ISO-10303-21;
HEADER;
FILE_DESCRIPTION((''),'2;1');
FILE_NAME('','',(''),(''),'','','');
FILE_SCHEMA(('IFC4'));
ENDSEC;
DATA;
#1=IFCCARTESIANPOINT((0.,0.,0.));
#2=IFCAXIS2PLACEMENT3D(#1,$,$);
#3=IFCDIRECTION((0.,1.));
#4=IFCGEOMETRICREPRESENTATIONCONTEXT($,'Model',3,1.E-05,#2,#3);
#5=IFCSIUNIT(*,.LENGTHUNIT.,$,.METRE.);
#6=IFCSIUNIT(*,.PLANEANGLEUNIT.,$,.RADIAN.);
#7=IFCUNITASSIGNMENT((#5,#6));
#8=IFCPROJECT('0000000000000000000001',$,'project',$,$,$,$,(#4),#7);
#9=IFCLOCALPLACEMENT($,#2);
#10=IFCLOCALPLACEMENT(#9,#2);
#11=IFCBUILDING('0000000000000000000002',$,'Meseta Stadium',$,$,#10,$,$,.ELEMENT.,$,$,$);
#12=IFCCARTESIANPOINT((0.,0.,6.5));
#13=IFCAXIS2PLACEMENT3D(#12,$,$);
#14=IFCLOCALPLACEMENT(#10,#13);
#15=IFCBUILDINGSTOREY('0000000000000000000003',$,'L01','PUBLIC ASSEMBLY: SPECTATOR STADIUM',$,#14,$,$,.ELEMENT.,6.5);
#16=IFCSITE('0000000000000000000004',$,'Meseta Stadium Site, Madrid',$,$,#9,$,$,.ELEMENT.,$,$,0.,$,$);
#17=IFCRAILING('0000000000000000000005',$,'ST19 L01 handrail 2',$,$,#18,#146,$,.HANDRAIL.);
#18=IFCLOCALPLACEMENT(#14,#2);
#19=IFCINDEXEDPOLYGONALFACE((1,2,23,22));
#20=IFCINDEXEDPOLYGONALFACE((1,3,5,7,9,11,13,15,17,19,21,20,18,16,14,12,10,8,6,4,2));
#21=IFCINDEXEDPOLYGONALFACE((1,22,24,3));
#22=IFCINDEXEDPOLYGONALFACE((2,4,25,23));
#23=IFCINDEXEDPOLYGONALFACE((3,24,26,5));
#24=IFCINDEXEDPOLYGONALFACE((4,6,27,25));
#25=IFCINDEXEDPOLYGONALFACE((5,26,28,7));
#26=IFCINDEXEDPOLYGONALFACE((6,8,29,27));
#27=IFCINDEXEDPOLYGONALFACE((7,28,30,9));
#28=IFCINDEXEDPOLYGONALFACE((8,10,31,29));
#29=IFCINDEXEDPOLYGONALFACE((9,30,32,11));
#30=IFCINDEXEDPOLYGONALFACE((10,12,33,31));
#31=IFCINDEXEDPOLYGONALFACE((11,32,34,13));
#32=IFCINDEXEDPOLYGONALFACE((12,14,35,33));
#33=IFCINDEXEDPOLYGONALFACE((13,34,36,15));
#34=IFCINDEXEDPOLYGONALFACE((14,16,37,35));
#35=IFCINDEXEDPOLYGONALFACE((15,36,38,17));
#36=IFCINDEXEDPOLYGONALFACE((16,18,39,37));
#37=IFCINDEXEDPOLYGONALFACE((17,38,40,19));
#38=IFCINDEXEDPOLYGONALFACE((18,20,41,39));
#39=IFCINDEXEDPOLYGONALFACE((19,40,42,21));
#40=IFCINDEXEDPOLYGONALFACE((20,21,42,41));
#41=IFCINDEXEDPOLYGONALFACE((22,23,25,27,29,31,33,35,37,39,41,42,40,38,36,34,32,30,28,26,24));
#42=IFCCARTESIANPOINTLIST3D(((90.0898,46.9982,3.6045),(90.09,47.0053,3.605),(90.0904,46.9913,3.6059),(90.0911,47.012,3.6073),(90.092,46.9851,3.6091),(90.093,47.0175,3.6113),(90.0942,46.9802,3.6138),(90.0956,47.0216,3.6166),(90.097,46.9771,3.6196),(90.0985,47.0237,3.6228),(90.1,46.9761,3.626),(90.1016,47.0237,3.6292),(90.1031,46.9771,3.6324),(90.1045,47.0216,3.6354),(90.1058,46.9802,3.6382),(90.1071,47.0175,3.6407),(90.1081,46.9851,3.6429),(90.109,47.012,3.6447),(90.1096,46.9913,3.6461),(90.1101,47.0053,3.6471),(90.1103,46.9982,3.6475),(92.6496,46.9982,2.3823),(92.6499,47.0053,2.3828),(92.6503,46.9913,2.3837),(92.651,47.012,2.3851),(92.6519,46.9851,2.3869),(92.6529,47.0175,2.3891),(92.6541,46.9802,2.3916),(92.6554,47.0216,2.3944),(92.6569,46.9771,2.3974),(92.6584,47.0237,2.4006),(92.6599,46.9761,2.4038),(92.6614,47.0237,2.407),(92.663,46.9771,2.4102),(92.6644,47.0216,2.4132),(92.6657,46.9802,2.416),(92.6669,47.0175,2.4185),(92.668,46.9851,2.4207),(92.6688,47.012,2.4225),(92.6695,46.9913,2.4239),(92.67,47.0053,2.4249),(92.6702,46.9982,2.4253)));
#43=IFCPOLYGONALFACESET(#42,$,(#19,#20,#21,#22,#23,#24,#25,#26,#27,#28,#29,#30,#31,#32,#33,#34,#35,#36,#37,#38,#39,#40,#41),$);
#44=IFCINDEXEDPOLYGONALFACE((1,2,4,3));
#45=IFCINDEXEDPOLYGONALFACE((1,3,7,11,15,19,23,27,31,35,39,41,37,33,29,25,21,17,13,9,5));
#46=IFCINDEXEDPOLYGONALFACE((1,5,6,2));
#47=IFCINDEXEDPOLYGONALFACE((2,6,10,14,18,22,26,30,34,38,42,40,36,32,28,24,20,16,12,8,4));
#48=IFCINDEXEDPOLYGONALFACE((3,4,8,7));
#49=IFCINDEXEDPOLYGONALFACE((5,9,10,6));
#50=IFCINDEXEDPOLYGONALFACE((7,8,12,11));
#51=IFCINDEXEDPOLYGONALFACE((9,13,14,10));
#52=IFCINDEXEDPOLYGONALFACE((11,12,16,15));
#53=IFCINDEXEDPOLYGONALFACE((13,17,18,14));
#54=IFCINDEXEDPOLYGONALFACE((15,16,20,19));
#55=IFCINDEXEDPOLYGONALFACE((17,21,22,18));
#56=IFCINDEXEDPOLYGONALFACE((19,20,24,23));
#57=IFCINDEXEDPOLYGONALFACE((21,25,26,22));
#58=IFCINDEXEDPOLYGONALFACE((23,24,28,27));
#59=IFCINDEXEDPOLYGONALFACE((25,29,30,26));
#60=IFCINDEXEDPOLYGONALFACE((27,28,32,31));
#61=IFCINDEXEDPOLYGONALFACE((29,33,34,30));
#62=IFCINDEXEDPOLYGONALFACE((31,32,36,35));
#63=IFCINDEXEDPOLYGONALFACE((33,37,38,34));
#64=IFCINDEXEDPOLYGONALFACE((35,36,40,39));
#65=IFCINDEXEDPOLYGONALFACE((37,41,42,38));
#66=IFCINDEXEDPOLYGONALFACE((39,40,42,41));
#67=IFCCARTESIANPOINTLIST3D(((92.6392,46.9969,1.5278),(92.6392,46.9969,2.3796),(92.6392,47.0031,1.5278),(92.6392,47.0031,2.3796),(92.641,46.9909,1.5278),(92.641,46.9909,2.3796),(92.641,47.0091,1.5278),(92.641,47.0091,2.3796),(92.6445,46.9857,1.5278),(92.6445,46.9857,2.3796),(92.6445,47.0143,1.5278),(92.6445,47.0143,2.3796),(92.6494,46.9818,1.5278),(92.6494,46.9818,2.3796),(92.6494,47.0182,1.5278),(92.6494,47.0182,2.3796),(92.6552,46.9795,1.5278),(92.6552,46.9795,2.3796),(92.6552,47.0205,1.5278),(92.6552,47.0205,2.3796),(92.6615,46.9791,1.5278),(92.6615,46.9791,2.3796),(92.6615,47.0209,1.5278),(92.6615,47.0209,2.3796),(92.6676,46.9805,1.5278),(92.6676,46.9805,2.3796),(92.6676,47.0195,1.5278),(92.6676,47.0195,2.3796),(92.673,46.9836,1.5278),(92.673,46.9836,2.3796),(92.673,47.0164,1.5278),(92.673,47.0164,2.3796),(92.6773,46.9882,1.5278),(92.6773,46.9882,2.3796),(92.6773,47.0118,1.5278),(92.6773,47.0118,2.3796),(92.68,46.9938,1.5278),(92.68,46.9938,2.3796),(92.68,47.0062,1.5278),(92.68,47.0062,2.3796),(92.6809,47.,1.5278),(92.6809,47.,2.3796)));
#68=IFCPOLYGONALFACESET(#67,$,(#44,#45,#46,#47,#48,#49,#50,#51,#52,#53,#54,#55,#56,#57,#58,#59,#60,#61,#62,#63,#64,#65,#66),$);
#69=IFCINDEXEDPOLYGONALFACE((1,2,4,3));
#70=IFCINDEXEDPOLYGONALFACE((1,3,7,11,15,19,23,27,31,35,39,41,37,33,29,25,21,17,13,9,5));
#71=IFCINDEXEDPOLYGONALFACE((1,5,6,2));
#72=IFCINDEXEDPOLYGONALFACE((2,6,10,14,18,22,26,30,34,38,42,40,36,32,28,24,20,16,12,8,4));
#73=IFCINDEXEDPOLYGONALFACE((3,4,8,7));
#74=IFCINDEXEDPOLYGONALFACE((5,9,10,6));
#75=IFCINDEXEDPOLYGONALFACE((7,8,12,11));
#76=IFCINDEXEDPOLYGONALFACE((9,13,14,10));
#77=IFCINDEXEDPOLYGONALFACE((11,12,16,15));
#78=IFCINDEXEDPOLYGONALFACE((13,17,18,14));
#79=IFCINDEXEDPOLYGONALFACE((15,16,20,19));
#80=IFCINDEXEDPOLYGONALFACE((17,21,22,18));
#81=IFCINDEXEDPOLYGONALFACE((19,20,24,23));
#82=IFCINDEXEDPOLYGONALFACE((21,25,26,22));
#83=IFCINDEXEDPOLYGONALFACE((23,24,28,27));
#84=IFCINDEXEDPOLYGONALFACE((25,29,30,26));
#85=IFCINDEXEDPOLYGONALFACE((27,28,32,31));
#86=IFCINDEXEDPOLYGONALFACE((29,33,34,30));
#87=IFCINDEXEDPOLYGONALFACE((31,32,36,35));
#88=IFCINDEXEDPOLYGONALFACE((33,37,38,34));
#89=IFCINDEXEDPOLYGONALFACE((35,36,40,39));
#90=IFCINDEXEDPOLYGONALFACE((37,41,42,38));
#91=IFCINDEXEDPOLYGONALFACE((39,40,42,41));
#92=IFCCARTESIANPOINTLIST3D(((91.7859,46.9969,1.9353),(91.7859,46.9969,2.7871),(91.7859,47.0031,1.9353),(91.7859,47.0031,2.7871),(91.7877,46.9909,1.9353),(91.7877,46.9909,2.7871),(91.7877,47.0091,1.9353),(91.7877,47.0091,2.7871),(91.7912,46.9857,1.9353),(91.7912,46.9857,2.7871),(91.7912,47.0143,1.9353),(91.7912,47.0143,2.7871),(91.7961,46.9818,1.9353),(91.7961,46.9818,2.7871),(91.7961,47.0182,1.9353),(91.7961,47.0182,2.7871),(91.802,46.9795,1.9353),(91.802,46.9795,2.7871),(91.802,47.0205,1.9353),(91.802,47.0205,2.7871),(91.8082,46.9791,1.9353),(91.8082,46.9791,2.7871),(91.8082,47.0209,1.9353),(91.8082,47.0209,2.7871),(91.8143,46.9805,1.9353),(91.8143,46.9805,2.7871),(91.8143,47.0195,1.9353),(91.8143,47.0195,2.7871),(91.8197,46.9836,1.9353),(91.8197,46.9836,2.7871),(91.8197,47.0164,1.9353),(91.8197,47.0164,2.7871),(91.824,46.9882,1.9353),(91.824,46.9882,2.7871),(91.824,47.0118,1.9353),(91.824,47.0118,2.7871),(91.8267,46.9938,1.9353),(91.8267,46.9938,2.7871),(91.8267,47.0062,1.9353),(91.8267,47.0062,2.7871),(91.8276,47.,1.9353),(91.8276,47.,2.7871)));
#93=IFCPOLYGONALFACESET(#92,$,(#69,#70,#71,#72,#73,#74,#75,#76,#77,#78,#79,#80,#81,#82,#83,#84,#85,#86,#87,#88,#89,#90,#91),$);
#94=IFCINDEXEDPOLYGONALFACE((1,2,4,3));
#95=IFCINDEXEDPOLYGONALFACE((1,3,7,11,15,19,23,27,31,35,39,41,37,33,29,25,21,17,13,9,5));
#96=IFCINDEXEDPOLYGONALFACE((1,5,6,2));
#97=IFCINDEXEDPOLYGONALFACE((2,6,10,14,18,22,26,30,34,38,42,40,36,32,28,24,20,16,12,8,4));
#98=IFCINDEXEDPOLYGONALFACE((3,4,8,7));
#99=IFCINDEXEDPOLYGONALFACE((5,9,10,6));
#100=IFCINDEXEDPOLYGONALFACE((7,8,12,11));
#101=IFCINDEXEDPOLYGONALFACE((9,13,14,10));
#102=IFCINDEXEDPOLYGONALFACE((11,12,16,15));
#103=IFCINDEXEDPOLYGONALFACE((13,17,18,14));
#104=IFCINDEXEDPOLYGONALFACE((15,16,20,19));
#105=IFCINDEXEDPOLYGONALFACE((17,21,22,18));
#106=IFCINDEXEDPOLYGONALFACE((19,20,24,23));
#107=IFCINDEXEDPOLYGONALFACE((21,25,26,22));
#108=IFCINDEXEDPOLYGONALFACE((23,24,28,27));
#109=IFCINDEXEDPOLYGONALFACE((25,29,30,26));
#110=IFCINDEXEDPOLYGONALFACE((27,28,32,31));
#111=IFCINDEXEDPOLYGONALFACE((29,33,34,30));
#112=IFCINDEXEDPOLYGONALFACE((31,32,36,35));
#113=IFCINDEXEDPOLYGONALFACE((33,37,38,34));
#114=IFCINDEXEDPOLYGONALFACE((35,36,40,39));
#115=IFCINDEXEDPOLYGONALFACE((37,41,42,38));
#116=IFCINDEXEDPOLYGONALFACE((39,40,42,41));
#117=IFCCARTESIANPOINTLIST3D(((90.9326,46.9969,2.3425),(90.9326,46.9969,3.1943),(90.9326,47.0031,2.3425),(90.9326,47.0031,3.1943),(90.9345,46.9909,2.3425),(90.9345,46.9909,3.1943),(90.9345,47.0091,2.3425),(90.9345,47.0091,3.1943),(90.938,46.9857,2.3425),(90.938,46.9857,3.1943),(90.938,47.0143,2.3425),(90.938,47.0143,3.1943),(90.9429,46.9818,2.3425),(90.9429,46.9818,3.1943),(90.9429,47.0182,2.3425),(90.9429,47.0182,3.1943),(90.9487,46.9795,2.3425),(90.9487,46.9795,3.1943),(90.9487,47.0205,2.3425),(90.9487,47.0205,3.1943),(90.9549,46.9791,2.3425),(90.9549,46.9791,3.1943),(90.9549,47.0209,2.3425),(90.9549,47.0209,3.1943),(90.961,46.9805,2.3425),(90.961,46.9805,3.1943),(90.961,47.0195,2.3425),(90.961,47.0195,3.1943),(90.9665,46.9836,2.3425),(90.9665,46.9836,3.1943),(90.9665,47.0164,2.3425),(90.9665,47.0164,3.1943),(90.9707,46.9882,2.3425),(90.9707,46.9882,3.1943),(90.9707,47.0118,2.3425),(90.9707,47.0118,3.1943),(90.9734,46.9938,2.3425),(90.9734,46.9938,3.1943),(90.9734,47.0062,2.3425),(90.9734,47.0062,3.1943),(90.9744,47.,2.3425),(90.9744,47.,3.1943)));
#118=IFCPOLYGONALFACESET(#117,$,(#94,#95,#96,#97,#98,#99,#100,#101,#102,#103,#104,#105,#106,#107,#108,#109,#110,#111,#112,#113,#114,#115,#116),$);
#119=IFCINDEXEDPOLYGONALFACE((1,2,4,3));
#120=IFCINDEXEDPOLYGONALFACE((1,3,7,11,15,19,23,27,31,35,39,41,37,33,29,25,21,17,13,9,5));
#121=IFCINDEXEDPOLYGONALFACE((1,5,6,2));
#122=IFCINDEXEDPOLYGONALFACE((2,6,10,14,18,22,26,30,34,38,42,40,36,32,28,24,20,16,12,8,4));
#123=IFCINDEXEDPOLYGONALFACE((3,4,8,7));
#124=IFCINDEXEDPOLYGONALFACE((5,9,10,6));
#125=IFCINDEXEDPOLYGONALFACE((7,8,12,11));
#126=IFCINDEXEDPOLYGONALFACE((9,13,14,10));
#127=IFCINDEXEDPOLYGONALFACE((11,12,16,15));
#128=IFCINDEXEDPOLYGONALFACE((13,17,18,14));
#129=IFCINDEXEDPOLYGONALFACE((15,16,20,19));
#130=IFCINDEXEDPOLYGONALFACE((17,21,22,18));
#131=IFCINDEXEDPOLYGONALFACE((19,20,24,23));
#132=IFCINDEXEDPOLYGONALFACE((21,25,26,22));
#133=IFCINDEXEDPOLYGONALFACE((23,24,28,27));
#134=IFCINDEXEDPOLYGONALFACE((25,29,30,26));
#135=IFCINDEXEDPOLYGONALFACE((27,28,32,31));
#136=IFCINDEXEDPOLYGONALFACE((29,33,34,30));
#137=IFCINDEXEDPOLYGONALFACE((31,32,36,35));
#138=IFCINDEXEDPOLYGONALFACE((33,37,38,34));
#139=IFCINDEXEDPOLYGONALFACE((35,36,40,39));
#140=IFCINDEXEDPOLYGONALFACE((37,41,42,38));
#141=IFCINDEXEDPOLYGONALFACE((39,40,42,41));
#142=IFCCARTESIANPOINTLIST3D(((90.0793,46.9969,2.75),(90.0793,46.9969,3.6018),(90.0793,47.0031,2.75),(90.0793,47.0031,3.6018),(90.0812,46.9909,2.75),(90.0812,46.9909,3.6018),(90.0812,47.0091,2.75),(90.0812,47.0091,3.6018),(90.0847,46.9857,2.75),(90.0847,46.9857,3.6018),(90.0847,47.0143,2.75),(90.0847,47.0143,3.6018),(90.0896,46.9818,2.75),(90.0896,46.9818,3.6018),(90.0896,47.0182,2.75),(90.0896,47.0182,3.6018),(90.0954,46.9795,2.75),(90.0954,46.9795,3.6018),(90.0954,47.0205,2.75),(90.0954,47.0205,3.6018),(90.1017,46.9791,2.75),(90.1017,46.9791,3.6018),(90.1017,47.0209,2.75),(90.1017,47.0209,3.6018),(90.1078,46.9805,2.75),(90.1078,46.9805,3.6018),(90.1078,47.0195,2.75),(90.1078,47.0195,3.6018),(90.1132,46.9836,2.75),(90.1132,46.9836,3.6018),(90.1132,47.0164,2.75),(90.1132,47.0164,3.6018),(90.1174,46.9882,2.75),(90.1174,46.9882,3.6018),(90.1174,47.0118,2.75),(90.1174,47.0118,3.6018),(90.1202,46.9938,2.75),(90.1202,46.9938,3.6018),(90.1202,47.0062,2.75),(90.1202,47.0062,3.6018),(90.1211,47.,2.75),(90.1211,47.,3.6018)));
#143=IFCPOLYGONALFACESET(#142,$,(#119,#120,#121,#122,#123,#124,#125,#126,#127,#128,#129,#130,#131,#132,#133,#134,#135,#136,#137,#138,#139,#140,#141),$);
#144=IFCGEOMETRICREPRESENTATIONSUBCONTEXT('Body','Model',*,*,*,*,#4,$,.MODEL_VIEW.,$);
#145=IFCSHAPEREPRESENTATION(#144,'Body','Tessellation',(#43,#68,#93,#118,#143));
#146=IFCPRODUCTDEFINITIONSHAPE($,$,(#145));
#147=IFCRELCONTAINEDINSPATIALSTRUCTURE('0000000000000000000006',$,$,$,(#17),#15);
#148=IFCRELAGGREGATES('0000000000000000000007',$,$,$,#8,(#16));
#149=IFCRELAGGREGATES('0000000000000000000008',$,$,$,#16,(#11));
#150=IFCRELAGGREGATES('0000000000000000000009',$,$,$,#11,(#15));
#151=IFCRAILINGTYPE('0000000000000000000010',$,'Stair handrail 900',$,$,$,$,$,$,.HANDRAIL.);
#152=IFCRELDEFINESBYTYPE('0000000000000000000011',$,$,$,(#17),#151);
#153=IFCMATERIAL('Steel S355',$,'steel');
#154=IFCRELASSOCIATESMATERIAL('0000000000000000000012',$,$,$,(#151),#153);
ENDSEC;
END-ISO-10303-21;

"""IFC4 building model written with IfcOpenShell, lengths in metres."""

from ifc_helpers import new_model, si_unit, direction, frame, origin, origin_2d, place, context, subcontext, project, spatial, circle, extrude, material, type_object, element, save


model = new_model("IFC4")

# Units and contexts
model_context = context("Model", 3, precision=1e-05, world=origin(), true_north=direction((0.0, 1.0)))
body_context = subcontext(model_context, "Body", "Model", "MODEL_VIEW")
ifc_project = project(units=[si_unit("LENGTHUNIT", "METRE"), si_unit("PLANEANGLEUNIT", "RADIAN")], contexts=[model_context])

# Site, building, storey
site_placement = place(None, origin())
site = spatial("IfcSite", under=ifc_project, at=site_placement, Name="Meseta Stadium Site, Madrid", CompositionType="ELEMENT", RefElevation=0.0)
building_placement = place(site_placement, origin())
building = spatial("IfcBuilding", under=site, at=building_placement, Name="Meseta Stadium", CompositionType="ELEMENT")
storey_placement = place(building_placement, frame((0.0, 0.0, 6.5)))
storey = spatial("IfcBuildingStorey", under=building, at=storey_placement, Name="L01", Description="PUBLIC ASSEMBLY: SPECTATOR STADIUM", CompositionType="ELEMENT", Elevation=6.5)

# Railing
ifc_material_1 = material(Name="Steel S355", Category="steel")
railing_type_1 = type_object("IfcRailingType", Name="Stair handrail 900", PredefinedType="HANDRAIL", material=ifc_material_1)
for number, where, name in (
    (1, (92.6599, 47.0, 1.5278), "ST19 L01 handrail 2"),
):
    element("IfcRailing", number, at=place(storey_placement, frame(where)), inside=storey, type_object=railing_type_1, Name=name, PredefinedType="HANDRAIL", context=body_context, shape_type="SweptSolid", body=[
        extrude(circle(Radius=0.0239, at=origin_2d()), frame((0.0, 0.0, 0.876), z_axis=(-0.902421, 0.0, 0.430855), x_axis=(0.0, -1.0, 0.0)), (0.0, 0.0, 1.0), 2.8367),
        extrude(circle(Radius=0.021, at=origin_2d()), origin(), (0.0, 0.0, 1.0), 0.8518),
        extrude(circle(Radius=0.021, at=origin_2d()), frame((-0.8533, 0.0, 0.4075)), (0.0, 0.0, 1.0), 0.8518),
        extrude(circle(Radius=0.021, at=origin_2d()), frame((-1.7065, 0.0, 0.8147)), (0.0, 0.0, 1.0), 0.8518),
        extrude(circle(Radius=0.021, at=origin_2d()), frame((-2.5598, 0.0, 1.2222)), (0.0, 0.0, 1.0), 0.8518),
    ])

save(model, "model.ifc")
